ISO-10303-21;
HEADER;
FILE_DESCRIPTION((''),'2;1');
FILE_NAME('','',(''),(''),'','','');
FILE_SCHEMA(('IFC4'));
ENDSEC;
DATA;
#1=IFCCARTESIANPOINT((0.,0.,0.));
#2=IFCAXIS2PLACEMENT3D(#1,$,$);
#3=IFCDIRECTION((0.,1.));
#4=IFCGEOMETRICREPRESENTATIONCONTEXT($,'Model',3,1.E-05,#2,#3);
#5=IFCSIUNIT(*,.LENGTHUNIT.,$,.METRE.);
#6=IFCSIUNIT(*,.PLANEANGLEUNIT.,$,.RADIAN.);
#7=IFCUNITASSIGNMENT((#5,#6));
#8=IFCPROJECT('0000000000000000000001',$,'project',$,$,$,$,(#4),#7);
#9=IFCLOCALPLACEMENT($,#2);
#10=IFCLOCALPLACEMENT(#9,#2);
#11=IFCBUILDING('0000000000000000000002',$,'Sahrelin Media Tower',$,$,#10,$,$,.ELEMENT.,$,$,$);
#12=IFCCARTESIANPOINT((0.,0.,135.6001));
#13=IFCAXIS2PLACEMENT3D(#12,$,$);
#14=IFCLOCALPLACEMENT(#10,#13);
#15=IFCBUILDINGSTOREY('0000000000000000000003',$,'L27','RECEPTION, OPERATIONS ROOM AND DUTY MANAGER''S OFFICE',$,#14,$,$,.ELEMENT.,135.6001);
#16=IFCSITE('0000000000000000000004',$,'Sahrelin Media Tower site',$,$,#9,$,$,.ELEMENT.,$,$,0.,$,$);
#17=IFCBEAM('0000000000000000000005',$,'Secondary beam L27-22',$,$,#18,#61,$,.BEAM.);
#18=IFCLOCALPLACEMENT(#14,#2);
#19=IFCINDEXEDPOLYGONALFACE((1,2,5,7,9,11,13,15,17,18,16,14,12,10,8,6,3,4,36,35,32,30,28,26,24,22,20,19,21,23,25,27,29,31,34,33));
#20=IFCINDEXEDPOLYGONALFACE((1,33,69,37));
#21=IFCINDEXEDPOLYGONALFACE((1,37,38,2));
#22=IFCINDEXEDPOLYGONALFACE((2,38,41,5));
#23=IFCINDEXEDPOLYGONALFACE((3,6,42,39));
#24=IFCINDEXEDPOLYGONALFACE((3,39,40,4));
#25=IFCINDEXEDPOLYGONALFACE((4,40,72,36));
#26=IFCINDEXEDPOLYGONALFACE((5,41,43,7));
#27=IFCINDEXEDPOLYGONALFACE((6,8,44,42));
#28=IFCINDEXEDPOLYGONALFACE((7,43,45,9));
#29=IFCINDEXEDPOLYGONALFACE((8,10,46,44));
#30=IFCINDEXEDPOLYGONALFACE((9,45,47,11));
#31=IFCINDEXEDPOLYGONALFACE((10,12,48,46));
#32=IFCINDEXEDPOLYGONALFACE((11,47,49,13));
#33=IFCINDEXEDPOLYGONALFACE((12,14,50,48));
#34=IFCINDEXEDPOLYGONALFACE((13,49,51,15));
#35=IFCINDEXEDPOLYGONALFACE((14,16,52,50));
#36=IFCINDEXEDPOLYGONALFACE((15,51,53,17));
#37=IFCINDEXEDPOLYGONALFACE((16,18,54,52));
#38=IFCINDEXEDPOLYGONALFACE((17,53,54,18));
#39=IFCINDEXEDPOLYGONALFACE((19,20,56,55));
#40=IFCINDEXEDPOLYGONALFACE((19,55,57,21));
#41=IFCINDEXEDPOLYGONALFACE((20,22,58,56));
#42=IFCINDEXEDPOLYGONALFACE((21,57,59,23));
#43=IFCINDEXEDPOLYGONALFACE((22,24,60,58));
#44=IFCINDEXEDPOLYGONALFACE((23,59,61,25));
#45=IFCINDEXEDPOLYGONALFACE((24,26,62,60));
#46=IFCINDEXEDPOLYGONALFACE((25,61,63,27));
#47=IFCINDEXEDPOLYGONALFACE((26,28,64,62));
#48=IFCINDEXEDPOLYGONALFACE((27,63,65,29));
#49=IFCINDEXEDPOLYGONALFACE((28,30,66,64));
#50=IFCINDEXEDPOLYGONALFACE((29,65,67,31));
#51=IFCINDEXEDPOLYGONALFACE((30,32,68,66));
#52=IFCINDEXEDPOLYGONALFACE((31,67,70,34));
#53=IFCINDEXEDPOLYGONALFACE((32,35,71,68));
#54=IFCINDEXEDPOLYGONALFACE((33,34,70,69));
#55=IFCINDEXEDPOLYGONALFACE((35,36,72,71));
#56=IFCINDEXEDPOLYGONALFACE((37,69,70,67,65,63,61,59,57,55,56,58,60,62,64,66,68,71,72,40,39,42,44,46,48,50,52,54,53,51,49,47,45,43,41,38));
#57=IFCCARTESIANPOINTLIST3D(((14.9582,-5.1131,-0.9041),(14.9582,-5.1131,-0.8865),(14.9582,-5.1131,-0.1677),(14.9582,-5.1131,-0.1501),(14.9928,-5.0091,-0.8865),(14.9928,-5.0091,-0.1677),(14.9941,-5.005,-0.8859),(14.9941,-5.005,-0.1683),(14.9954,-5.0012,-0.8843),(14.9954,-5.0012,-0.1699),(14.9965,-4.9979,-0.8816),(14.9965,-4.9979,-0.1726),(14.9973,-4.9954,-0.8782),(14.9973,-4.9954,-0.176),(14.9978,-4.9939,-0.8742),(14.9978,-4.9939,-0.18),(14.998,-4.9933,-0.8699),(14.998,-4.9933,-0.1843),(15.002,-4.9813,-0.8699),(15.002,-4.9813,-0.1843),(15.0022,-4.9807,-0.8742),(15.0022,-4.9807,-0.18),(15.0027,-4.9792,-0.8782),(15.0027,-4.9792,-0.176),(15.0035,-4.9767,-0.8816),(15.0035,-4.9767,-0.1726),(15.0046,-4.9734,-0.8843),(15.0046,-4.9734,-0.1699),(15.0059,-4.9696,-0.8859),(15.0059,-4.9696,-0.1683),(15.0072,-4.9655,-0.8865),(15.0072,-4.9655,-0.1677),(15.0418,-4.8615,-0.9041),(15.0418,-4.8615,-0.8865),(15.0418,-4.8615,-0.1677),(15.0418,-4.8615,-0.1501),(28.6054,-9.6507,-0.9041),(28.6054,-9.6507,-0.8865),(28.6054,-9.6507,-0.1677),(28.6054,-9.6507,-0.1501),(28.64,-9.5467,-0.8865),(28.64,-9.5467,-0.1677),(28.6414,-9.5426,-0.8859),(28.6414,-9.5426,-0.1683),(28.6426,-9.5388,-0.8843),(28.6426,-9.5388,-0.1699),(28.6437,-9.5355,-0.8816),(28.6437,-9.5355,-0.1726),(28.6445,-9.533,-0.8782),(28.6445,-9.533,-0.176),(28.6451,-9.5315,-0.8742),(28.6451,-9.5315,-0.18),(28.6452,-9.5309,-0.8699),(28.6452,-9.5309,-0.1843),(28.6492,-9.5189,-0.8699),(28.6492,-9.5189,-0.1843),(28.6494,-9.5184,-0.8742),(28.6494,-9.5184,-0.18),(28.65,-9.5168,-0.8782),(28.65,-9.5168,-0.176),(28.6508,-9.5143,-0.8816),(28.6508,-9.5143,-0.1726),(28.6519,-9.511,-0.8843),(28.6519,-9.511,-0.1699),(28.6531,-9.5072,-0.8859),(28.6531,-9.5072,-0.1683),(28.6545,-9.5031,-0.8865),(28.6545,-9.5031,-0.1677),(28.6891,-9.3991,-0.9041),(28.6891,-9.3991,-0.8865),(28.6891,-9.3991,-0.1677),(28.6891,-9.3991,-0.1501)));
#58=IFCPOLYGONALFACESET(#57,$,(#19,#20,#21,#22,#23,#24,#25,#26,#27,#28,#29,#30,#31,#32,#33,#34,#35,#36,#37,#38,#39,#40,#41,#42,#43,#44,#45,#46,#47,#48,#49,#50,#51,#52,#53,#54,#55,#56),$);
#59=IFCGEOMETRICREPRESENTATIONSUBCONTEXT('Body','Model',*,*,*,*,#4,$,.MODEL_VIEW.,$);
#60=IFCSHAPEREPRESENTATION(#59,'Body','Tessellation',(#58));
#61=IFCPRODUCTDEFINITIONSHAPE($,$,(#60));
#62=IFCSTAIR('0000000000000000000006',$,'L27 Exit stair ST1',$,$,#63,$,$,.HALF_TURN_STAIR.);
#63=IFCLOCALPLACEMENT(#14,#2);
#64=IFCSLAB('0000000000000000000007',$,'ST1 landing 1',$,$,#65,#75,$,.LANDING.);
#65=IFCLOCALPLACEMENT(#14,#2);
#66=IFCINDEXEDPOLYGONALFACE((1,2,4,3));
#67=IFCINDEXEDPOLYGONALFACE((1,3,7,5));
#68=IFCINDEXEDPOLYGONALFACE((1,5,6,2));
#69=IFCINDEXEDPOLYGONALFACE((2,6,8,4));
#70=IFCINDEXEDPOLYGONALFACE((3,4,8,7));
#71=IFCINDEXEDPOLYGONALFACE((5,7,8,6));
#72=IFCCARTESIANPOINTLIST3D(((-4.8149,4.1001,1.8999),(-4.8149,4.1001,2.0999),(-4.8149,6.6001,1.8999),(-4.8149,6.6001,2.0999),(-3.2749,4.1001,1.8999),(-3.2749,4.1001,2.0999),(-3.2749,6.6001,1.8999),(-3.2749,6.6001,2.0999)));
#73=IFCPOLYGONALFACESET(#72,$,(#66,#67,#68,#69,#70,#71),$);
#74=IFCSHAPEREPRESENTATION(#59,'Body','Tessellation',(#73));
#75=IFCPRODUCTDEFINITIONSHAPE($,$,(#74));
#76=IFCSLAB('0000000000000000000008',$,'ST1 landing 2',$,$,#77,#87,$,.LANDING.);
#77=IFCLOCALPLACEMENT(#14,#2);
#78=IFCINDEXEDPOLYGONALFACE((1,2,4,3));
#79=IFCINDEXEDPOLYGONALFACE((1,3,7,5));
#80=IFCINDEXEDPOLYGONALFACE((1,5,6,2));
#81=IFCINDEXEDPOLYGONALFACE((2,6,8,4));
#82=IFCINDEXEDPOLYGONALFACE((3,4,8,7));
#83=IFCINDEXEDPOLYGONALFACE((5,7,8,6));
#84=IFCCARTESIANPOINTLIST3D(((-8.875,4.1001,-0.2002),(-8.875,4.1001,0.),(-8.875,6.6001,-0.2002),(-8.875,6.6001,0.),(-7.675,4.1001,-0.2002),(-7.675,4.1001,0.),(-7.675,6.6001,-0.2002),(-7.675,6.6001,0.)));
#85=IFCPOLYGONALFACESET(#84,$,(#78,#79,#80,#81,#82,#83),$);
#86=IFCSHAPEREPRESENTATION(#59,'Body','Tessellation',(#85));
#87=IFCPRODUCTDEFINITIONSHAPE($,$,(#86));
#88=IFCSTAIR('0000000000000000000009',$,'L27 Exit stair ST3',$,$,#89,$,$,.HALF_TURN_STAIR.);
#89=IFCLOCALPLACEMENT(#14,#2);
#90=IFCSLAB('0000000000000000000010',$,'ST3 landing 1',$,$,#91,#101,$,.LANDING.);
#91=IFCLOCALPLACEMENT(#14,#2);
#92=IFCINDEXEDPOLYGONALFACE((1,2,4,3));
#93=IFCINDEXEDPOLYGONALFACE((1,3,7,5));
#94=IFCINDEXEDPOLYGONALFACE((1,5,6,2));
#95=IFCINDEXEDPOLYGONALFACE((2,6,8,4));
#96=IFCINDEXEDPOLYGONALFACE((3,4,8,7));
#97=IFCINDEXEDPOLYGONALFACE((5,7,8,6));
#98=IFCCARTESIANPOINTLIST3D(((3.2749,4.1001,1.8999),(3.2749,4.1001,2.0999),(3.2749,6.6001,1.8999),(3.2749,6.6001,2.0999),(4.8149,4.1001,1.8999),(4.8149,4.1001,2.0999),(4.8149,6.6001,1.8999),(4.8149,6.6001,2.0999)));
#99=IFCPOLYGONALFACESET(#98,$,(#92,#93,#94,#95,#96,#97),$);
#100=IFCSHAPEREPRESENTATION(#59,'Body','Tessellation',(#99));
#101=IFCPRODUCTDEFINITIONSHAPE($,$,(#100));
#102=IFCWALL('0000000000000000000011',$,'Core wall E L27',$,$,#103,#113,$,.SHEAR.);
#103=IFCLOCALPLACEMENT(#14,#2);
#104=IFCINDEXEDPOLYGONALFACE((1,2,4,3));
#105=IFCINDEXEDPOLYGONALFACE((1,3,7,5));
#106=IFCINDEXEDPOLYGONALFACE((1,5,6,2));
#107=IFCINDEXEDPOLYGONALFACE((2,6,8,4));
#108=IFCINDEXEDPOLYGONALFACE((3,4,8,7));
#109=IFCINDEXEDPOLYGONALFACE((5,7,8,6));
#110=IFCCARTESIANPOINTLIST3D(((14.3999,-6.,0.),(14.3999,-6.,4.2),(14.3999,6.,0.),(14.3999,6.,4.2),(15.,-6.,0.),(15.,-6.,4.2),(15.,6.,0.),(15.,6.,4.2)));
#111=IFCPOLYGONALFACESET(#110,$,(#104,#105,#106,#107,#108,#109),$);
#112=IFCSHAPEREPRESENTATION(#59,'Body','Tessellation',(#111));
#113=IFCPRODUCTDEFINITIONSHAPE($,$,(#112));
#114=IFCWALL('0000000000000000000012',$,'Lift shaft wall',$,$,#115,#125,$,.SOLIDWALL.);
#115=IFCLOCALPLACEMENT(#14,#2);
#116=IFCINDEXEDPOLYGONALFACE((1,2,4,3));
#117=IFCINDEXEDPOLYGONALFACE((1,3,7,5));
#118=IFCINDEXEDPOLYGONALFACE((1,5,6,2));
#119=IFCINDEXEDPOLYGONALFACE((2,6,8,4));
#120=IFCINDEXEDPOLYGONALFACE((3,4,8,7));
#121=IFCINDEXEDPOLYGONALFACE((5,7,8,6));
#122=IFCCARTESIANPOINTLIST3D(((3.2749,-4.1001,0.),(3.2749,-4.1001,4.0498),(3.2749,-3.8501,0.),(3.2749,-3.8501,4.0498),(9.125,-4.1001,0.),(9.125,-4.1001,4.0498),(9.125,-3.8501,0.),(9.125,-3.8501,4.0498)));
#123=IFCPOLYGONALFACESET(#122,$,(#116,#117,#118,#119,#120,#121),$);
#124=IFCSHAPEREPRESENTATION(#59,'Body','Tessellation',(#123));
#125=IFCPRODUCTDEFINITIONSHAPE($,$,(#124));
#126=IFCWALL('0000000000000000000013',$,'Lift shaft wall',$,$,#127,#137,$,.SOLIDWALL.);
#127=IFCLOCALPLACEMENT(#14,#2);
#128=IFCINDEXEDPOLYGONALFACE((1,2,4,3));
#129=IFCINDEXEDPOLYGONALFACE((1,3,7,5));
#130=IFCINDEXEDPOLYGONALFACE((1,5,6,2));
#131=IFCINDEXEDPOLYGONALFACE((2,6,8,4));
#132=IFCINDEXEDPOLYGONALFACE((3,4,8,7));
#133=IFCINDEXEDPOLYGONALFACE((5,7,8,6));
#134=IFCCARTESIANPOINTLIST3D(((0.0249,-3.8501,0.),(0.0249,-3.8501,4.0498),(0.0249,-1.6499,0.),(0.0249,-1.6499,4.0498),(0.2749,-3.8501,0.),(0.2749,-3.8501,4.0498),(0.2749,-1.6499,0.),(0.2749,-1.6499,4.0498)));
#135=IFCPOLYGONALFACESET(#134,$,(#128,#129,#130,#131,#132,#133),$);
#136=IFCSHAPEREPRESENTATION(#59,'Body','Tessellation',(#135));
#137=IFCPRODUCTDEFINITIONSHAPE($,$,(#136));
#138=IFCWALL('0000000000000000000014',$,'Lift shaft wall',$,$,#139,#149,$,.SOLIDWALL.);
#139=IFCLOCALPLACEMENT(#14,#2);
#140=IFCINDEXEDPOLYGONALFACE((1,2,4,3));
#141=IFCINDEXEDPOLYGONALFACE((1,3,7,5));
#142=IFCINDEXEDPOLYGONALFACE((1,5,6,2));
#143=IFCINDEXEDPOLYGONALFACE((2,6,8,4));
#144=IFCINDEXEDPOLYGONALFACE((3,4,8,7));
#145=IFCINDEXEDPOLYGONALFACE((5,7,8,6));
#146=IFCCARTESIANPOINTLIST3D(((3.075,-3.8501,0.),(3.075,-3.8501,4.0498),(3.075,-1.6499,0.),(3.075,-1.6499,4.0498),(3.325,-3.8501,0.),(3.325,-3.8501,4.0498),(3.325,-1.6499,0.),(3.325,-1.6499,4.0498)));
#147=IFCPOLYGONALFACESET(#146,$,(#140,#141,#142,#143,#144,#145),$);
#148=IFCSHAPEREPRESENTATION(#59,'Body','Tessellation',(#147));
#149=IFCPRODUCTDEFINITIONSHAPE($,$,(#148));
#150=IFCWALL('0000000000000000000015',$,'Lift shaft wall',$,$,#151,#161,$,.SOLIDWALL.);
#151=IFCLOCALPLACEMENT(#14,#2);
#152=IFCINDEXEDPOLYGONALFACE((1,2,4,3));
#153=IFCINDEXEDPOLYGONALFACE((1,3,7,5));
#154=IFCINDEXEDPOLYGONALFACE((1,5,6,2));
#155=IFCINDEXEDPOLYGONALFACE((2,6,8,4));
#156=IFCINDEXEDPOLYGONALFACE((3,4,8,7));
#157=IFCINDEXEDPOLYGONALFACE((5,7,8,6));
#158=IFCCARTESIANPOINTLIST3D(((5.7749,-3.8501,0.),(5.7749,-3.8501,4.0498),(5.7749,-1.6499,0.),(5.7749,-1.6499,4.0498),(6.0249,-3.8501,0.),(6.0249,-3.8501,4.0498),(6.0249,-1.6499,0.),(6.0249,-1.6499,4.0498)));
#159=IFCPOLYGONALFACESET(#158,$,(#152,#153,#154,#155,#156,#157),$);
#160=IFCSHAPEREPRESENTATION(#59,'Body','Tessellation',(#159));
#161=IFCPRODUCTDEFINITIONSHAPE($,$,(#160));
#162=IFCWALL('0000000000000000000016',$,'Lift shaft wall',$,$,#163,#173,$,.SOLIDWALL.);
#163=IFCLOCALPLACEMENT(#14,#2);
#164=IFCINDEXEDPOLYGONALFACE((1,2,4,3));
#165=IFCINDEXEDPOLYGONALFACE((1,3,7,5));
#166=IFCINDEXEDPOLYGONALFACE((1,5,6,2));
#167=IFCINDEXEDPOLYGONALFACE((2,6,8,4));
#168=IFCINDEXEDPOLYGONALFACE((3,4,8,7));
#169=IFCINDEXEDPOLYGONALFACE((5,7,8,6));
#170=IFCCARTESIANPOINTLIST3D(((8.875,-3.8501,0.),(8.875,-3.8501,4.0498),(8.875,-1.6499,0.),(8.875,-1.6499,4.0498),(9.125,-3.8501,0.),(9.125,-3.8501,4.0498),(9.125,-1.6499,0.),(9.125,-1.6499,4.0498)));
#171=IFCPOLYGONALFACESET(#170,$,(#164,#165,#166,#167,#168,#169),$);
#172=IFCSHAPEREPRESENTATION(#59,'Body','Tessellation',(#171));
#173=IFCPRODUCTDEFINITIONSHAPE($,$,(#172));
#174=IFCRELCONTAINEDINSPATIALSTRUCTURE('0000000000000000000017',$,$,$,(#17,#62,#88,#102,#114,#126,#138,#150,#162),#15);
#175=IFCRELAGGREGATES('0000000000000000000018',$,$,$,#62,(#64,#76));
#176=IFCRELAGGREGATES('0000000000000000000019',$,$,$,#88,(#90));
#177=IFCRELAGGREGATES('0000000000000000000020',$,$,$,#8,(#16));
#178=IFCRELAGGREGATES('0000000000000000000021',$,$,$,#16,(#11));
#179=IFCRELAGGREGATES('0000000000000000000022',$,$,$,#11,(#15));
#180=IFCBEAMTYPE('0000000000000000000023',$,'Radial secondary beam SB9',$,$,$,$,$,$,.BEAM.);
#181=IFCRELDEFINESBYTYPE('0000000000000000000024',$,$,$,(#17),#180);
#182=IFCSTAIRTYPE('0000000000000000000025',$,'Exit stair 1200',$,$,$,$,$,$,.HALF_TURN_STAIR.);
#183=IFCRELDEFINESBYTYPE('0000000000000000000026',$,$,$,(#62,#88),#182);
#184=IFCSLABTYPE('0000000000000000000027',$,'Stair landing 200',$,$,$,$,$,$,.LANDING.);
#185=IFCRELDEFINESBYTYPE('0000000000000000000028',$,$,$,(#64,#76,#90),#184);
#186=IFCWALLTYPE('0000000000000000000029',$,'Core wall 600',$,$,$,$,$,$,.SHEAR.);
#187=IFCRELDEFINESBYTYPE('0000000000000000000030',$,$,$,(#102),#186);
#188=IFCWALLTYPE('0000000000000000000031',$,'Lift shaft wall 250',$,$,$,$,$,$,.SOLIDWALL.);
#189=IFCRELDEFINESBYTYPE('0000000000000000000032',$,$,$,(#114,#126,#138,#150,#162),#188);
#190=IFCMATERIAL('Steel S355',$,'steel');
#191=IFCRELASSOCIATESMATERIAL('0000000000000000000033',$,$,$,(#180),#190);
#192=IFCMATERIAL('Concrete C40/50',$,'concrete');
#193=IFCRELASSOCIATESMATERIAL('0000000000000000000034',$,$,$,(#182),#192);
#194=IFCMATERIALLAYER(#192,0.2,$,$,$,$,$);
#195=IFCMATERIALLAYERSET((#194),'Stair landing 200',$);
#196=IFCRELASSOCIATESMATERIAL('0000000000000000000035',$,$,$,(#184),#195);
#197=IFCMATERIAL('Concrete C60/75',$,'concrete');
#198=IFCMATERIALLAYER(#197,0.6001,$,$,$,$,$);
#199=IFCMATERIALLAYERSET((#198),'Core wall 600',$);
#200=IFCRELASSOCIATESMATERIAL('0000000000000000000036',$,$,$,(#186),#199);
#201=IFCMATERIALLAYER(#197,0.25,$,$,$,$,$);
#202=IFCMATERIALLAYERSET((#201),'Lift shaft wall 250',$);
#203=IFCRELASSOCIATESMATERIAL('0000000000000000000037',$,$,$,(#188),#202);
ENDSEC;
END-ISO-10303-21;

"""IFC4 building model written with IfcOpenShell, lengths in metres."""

from ifc_helpers import new_model, si_unit, direction, frame, frame_2d, origin, origin_2d, place, context, subcontext, project, spatial, polyline, rectangle, i_section, outline, extrude, material, layer, layer_set, material_profile, profile_set, type_object, element, aggregate, save


model = new_model("IFC4")

# Units and contexts
model_context = context("Model", 3, precision=1e-05, world=origin(), true_north=direction((0.0, 1.0)))
body_context = subcontext(model_context, "Body", "Model", "MODEL_VIEW")
ifc_project = project(units=[si_unit("LENGTHUNIT", "METRE"), si_unit("PLANEANGLEUNIT", "RADIAN")], contexts=[model_context])

# Site, building, storey
site_placement = place(None, origin())
site = spatial("IfcSite", under=ifc_project, at=site_placement, Name="Sahrelin Media Tower site", CompositionType="ELEMENT", RefElevation=0.0)
building_placement = place(site_placement, origin())
building = spatial("IfcBuilding", under=site, at=building_placement, Name="Sahrelin Media Tower", CompositionType="ELEMENT")
storey_placement = place(building_placement, frame((0.0, 0.0, 135.6001)))
storey = spatial("IfcBuildingStorey", under=building, at=storey_placement, Name="L27", Description="RECEPTION, OPERATIONS ROOM AND DUTY MANAGER'S OFFICE", CompositionType="ELEMENT", Elevation=135.6001)

# Beam
ifc_material_1 = material(Name="Steel S355", Category="steel")
ifc_material_profile_1 = material_profile(ifc_material_1, i_section(OverallWidth=0.2651, OverallDepth=0.7539, WebThickness=0.0127, FlangeThickness=0.0176, FilletRadius=0.0166, at=origin_2d()), Name="UB 762x267x147")
ifc_profile_set_1 = profile_set([ifc_material_profile_1], Name="Steel S355")
beam_type_1 = type_object("IfcBeamType", Name="Radial secondary beam SB9", PredefinedType="BEAM", material=ifc_profile_set_1)
beam_1_placement = place(storey_placement, frame((15.0, -4.9873, -0.5271), z_axis=(0.948922, -0.31551, 0.0), x_axis=(0.31551, 0.948922, 0.0)))
element("IfcBeam", 1, at=beam_1_placement, inside=storey, type_object=beam_type_1, Name="Secondary beam L27-22", PredefinedType="BEAM", context=body_context, shape_type="SweptSolid", body=[
    extrude(i_section(OverallWidth=0.2651, OverallDepth=0.7539, WebThickness=0.0127, FlangeThickness=0.0176, FilletRadius=0.0166, at=origin_2d()), origin(), (0.0, 0.0, 1.0), 14.3818),
])

# Stair, slabs
ifc_material_2 = material(Name="Concrete C40/50", Category="concrete")
stair_type = type_object("IfcStairType", Name="Exit stair 1200", PredefinedType="HALF_TURN_STAIR", material=ifc_material_2)
placement_1 = place(storey_placement, origin())
stair_1 = element("IfcStair", 2, at=placement_1, inside=storey, type_object=stair_type, Name="L27 Exit stair ST1", PredefinedType="HALF_TURN_STAIR")
ifc_layer_1 = layer(ifc_material_2, 0.2)
ifc_layer_set_1 = layer_set([ifc_layer_1], Name="Stair landing 200")
slab_type = type_object("IfcSlabType", Name="Stair landing 200", PredefinedType="LANDING", material=ifc_layer_set_1)
placement_2 = place(storey_placement, frame((0.0, 0.0, 1.8999)))
slab_1 = element("IfcSlab", 3, at=placement_2, type_object=slab_type, Name="ST1 landing 1", PredefinedType="LANDING", context=body_context, shape_type="SweptSolid", body=[
    extrude(outline(polyline([(-4.8149, 4.1001), (-3.2749, 4.1001), (-3.2749, 6.6001), (-4.8149, 6.6001), (-4.8149, 4.1001)])), origin(), (0.0, 0.0, 1.0), 0.2),
])
slab_2_placement = place(storey_placement, frame((0.0, 0.0, -0.2002)))
slab_2 = element("IfcSlab", 4, at=slab_2_placement, type_object=slab_type, Name="ST1 landing 2", PredefinedType="LANDING", context=body_context, shape_type="SweptSolid", body=[
    extrude(outline(polyline([(-8.875, 4.1001), (-7.675, 4.1001), (-7.675, 6.6001), (-8.875, 6.6001), (-8.875, 4.1001)])), origin(), (0.0, 0.0, 1.0), 0.2002),
])
aggregate(stair_1, [slab_1, slab_2])

# Stair, slab
stair_2 = element("IfcStair", 5, at=placement_1, inside=storey, type_object=stair_type, Name="L27 Exit stair ST3", PredefinedType="HALF_TURN_STAIR")
slab_3 = element("IfcSlab", 6, at=placement_2, type_object=slab_type, Name="ST3 landing 1", PredefinedType="LANDING", context=body_context, shape_type="SweptSolid", body=[
    extrude(outline(polyline([(4.8149, 6.6001), (3.2749, 6.6001), (3.2749, 4.1001), (4.8149, 4.1001), (4.8149, 6.6001)])), origin(), (0.0, 0.0, 1.0), 0.2),
])
aggregate(stair_2, [slab_3])

# Walls
ifc_material_3 = material(Name="Concrete C60/75", Category="concrete")
ifc_layer_2 = layer(ifc_material_3, 0.6001)
ifc_layer_set_2 = layer_set([ifc_layer_2], Name="Core wall 600")
wall_type_1 = type_object("IfcWallType", Name="Core wall 600", PredefinedType="SHEAR", material=ifc_layer_set_2)
wall_1_placement = place(storey_placement, frame((14.7, -6.0, 0.0), z_axis=(0.0, 0.0, 1.0), x_axis=(0.0, 1.0, 0.0)))
element("IfcWall", 7, at=wall_1_placement, inside=storey, type_object=wall_type_1, Name="Core wall E L27", PredefinedType="SHEAR", context=body_context, shape_type="SweptSolid", body=[
    extrude(rectangle(XDim=12.0, YDim=0.6001, at=frame_2d((6.0, 0.0))), origin(), (0.0, 0.0, 1.0), 4.2),
])
ifc_layer_3 = layer(ifc_material_3, 0.25)
ifc_layer_set_3 = layer_set([ifc_layer_3], Name="Lift shaft wall 250")
wall_type_2 = type_object("IfcWallType", Name="Lift shaft wall 250", PredefinedType="SOLIDWALL", material=ifc_layer_set_3)
wall_2_placement = place(storey_placement, frame((3.2749, -3.9751, 0.0), z_axis=(0.0, 0.0, 1.0), x_axis=(1.0, 0.0, 0.0)))
element("IfcWall", 8, at=wall_2_placement, inside=storey, type_object=wall_type_2, Name="Lift shaft wall", PredefinedType="SOLIDWALL", context=body_context, shape_type="SweptSolid", body=[
    extrude(rectangle(XDim=5.8501, YDim=0.25, at=frame_2d((2.925, 0.0))), origin(), (0.0, 0.0, 1.0), 4.0498),
])
for number, where, z_axis, x_axis, name in (
    (9, (0.1499, -3.8501, 0.0), (0.0, 0.0, 1.0), (0.0, 1.0, 0.0), "Lift shaft wall"),
    (10, (3.2, -3.8501, 0.0), (0.0, 0.0, 1.0), (0.0, 1.0, 0.0), "Lift shaft wall"),
    (11, (5.8999, -3.8501, 0.0), (0.0, 0.0, 1.0), (0.0, 1.0, 0.0), "Lift shaft wall"),
    (12, (9.0, -3.8501, 0.0), (0.0, 0.0, 1.0), (0.0, 1.0, 0.0), "Lift shaft wall"),
):
    element("IfcWall", number, at=place(storey_placement, frame(where, z_axis=z_axis, x_axis=x_axis)), inside=storey, type_object=wall_type_2, Name=name, PredefinedType="SOLIDWALL", context=body_context, shape_type="SweptSolid", body=[
        extrude(rectangle(XDim=2.2002, YDim=0.25, at=frame_2d((1.1001, 0.0))), origin(), (0.0, 0.0, 1.0), 4.0498),
    ])

save(model, "model.ifc")
